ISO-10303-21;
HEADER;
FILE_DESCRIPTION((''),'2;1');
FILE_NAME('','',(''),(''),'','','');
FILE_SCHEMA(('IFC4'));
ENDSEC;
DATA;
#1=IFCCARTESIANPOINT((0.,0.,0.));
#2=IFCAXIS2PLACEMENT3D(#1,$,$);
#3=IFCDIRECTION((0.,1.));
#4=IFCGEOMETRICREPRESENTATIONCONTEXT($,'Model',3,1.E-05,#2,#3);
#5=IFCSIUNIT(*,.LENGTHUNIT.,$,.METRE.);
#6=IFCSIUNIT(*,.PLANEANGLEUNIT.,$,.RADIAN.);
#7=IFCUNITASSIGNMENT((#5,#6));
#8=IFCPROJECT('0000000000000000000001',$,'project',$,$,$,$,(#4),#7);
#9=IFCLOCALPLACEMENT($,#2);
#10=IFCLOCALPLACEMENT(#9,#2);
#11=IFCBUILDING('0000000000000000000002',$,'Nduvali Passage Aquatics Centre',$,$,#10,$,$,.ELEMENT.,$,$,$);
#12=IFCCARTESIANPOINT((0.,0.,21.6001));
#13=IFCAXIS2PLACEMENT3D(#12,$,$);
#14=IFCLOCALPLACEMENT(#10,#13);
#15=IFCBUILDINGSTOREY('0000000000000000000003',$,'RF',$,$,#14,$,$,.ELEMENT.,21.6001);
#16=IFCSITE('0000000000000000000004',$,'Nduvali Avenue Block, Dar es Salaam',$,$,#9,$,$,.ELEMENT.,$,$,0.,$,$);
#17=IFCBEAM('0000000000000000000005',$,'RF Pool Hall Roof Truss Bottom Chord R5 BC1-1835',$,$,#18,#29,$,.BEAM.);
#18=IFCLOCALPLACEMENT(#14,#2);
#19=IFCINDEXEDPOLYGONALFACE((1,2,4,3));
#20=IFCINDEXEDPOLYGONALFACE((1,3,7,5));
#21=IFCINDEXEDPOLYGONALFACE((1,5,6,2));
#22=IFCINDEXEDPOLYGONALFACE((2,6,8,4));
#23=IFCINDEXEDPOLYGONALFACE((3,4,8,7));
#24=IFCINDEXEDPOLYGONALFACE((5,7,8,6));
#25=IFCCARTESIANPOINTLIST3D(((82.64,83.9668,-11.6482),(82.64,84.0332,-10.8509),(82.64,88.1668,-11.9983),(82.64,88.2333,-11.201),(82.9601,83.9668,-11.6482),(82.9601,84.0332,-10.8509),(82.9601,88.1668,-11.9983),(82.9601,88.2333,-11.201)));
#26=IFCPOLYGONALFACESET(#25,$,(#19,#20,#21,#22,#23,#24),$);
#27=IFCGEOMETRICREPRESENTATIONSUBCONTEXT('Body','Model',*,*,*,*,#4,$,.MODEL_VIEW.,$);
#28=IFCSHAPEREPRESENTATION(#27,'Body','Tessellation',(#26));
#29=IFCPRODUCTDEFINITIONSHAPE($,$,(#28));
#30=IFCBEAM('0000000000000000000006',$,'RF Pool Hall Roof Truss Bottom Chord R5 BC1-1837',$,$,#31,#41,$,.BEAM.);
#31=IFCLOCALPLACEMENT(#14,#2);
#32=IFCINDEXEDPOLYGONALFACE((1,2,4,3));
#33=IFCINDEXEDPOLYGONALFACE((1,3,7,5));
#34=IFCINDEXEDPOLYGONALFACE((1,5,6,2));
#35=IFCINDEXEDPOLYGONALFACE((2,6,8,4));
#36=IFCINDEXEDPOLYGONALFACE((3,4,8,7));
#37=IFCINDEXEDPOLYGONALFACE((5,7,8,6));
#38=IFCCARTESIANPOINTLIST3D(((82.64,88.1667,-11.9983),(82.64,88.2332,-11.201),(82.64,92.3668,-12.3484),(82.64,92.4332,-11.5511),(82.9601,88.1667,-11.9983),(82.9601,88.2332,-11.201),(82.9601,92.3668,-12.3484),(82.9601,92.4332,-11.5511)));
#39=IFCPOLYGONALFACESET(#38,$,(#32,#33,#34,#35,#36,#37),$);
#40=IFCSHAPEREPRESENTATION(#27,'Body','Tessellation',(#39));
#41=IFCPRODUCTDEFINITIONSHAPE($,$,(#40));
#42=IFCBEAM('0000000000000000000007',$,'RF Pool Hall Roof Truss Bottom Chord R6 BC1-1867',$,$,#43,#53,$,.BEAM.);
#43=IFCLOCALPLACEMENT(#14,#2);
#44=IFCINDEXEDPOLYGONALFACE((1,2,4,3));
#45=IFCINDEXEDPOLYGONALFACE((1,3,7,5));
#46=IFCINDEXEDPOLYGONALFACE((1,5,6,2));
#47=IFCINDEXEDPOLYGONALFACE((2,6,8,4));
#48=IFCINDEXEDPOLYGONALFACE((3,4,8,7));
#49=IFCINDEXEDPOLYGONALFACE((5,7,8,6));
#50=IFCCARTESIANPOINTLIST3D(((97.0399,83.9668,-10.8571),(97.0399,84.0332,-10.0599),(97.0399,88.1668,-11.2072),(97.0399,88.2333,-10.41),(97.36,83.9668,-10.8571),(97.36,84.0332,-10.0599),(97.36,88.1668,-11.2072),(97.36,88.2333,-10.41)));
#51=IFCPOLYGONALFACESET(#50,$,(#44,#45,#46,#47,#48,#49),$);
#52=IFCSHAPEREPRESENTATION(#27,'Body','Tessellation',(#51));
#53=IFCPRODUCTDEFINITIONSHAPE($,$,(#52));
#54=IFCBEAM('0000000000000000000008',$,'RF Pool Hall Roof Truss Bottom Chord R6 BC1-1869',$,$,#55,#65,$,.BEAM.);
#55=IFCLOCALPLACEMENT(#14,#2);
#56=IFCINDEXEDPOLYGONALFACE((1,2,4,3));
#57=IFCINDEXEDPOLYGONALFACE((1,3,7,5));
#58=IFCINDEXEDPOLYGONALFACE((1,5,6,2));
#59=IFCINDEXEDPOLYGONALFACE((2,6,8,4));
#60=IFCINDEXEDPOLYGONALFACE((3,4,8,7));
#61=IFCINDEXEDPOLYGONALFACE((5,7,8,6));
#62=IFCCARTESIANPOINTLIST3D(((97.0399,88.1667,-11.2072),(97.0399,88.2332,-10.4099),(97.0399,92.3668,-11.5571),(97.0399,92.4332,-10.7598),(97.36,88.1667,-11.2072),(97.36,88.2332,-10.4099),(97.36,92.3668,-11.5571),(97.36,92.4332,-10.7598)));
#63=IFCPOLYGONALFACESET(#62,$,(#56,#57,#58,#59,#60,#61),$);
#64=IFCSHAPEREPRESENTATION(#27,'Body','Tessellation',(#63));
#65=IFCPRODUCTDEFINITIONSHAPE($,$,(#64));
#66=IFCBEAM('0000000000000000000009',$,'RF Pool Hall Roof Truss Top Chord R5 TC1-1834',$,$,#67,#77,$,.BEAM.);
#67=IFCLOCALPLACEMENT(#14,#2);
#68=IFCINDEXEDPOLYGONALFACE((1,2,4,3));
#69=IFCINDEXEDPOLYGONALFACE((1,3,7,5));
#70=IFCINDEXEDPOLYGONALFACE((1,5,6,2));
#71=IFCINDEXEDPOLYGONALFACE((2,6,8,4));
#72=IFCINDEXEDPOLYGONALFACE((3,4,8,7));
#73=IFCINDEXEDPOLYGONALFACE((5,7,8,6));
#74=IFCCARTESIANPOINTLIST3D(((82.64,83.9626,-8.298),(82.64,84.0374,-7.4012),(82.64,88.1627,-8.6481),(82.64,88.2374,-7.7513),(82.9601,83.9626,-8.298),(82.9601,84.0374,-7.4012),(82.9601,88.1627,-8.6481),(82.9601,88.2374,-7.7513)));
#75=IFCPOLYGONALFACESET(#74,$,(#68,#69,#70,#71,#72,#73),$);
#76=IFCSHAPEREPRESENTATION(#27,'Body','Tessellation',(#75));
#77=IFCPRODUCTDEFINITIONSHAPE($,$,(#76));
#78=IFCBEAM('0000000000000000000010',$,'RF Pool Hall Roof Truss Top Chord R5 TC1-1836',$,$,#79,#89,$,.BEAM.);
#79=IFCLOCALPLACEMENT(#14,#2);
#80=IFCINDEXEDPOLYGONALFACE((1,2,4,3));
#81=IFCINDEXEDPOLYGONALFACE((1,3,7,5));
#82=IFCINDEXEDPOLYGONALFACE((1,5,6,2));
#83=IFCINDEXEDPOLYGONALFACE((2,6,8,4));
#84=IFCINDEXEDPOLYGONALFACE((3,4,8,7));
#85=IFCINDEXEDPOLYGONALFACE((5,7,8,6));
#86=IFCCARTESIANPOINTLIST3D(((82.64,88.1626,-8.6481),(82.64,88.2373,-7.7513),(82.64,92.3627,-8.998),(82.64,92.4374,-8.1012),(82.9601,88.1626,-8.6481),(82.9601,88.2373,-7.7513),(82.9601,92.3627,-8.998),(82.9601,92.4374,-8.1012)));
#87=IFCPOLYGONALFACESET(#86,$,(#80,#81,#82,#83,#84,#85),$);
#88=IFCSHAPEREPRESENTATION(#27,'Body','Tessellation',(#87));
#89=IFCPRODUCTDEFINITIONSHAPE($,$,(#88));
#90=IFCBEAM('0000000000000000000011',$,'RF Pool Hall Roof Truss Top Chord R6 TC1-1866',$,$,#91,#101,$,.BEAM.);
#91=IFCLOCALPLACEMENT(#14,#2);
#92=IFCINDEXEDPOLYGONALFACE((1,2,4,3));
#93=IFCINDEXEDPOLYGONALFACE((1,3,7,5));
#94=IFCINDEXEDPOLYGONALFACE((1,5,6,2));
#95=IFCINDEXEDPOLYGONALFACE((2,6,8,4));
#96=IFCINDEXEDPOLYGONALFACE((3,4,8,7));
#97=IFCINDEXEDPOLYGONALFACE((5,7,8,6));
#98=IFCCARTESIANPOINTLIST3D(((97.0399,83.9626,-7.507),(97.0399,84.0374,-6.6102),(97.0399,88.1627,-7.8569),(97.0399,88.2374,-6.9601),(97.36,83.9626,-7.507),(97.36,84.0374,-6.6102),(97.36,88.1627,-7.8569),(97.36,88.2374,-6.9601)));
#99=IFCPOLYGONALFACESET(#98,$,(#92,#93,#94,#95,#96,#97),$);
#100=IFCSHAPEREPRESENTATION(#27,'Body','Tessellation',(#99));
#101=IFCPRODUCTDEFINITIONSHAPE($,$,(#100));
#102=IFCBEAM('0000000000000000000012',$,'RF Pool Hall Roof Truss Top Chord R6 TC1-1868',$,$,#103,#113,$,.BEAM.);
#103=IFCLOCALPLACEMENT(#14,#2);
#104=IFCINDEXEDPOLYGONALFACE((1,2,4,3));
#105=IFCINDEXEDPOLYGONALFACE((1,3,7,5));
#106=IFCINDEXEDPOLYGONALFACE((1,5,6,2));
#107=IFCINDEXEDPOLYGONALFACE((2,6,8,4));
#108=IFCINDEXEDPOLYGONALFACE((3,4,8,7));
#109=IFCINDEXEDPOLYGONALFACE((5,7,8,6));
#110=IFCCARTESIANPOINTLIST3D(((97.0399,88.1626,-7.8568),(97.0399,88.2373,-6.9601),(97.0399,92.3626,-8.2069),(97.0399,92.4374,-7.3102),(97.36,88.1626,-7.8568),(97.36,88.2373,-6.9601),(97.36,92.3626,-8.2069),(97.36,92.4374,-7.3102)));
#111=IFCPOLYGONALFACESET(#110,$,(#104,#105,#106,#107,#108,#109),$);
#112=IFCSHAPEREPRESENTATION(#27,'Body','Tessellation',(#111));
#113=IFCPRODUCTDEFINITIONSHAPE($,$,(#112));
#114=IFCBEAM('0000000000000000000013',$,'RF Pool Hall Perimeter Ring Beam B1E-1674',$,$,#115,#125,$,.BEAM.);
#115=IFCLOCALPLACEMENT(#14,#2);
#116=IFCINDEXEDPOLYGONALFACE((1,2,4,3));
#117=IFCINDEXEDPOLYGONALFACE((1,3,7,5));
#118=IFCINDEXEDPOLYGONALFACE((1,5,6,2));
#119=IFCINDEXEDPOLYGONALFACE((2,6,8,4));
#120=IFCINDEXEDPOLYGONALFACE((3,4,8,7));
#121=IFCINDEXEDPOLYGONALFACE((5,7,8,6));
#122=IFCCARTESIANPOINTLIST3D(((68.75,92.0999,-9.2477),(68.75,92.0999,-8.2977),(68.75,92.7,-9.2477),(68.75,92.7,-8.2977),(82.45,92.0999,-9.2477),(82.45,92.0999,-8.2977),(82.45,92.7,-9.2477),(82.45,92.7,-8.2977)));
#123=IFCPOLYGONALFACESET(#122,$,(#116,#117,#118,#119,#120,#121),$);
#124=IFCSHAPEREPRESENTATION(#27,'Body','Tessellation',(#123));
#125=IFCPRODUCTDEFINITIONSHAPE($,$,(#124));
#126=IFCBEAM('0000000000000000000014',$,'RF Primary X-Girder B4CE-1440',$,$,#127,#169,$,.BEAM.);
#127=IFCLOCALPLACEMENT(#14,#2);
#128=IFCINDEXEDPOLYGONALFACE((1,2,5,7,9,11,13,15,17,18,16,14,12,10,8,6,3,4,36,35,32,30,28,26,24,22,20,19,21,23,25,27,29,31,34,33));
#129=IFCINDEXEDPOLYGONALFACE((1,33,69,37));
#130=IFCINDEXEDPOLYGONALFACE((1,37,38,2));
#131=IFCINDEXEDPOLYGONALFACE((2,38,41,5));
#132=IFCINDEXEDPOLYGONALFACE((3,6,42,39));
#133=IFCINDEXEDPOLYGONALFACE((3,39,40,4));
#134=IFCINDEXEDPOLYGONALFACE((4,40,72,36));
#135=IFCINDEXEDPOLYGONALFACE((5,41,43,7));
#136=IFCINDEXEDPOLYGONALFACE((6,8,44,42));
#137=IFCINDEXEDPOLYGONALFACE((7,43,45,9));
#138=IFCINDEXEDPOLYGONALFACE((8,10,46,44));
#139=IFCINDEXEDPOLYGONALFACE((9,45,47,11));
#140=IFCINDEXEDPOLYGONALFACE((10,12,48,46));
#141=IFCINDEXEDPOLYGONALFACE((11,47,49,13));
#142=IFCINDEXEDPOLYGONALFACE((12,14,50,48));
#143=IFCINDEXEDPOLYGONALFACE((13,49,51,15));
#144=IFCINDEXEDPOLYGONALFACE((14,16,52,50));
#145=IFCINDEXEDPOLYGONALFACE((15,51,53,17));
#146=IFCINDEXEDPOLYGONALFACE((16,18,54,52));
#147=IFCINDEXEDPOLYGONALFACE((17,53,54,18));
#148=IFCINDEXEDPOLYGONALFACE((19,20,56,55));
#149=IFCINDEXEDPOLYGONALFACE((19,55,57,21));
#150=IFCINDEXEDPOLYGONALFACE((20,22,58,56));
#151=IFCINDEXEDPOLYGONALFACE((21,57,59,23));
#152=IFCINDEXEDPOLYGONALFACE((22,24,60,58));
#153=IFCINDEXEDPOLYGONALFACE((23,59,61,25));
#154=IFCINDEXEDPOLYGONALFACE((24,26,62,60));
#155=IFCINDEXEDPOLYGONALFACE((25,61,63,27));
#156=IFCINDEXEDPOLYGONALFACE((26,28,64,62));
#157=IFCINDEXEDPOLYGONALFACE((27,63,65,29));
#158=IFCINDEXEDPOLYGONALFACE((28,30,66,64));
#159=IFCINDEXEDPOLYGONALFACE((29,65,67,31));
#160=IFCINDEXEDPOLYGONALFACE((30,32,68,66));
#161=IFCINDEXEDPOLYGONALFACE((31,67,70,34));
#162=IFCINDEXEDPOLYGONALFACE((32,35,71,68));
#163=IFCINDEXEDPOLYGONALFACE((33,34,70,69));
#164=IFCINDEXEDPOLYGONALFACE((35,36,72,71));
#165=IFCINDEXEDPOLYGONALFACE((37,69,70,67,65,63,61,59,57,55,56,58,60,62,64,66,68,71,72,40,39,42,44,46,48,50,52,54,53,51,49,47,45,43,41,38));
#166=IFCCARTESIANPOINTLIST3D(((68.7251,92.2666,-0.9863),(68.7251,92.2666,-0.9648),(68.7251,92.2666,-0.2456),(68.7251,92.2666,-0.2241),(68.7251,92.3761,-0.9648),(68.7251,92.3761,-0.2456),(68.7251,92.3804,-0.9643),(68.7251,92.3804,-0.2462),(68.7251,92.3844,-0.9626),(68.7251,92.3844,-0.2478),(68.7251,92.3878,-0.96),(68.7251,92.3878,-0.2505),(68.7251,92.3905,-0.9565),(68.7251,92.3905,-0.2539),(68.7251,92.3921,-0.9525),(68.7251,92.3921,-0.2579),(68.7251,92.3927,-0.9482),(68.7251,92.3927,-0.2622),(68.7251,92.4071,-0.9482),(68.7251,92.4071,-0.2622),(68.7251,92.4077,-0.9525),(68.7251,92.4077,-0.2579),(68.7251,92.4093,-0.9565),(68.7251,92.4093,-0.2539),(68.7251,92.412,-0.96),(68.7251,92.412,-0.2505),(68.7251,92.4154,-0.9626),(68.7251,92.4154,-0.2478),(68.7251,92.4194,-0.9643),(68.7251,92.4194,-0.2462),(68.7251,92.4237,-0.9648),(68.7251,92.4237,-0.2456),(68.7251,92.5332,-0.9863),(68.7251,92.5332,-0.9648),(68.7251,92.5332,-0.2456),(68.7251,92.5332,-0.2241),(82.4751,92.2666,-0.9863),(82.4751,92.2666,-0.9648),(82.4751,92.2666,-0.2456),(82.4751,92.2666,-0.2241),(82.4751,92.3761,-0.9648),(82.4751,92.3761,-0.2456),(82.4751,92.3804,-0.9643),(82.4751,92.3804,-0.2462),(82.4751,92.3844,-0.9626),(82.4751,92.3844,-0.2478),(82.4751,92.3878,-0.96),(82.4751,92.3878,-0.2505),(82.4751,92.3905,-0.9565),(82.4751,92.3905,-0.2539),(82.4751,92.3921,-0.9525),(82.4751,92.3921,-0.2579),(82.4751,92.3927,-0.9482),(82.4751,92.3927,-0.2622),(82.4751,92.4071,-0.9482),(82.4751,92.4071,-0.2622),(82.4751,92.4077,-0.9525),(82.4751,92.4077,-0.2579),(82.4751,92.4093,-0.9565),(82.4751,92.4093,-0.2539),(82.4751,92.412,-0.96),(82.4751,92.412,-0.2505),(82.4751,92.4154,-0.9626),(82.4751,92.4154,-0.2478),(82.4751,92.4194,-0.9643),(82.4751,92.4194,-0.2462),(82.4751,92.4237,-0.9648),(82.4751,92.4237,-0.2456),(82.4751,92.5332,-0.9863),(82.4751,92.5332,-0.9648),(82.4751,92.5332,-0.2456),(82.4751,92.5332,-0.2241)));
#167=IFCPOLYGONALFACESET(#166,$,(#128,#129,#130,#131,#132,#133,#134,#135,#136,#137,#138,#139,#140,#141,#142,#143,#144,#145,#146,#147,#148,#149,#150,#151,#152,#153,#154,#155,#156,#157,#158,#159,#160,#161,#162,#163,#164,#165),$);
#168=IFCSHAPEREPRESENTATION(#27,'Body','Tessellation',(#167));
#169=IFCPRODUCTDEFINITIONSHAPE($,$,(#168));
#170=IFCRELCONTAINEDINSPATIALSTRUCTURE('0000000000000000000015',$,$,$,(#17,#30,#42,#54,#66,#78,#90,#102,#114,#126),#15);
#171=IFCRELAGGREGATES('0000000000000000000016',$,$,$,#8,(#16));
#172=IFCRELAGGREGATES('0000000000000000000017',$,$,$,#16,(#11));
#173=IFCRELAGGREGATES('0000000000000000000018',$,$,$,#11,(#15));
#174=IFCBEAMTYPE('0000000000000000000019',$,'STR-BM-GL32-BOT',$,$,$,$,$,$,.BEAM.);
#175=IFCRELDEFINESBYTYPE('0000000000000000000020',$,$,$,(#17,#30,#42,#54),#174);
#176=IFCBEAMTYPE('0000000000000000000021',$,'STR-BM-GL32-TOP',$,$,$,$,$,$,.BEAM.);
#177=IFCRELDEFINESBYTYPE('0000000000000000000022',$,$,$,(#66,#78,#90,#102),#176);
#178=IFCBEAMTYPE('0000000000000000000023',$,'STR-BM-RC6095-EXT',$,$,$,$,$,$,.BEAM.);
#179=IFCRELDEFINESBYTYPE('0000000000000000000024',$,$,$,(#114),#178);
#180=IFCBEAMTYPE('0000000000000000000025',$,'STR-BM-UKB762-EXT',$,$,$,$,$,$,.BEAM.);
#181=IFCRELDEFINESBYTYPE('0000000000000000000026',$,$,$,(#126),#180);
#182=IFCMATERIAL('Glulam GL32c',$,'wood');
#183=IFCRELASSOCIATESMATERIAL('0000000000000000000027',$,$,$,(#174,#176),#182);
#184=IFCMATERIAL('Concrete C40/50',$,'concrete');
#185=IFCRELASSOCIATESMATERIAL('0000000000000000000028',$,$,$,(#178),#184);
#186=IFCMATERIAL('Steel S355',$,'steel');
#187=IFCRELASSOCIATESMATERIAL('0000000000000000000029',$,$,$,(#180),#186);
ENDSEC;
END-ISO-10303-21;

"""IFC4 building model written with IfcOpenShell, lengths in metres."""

from ifc_helpers import new_model, si_unit, direction, frame, origin, origin_2d, place, context, subcontext, project, spatial, rectangle, i_section, extrude, material, material_profile, profile_set, type_object, element, save


model = new_model("IFC4")

# Units and contexts
model_context = context("Model", 3, precision=1e-05, world=origin(), true_north=direction((0.0, 1.0)))
body_context = subcontext(model_context, "Body", "Model", "MODEL_VIEW")
ifc_project = project(units=[si_unit("LENGTHUNIT", "METRE"), si_unit("PLANEANGLEUNIT", "RADIAN")], contexts=[model_context])

# Site, building, storey
site_placement = place(None, origin())
site = spatial("IfcSite", under=ifc_project, at=site_placement, Name="Nduvali Avenue Block, Dar es Salaam", CompositionType="ELEMENT", RefElevation=0.0)
building_placement = place(site_placement, origin())
building = spatial("IfcBuilding", under=site, at=building_placement, Name="Nduvali Passage Aquatics Centre", CompositionType="ELEMENT")
storey_placement = place(building_placement, frame((0.0, 0.0, 21.6001)))
storey = spatial("IfcBuildingStorey", under=building, at=storey_placement, Name="RF", CompositionType="ELEMENT", Elevation=21.6001)

# Beams
ifc_material_1 = material(Name="Glulam GL32c", Category="wood")
ifc_material_profile_1 = material_profile(ifc_material_1, rectangle(XDim=0.3201, YDim=0.8, at=origin_2d()), Name="GL32c 320x800")
ifc_profile_set_1 = profile_set([ifc_material_profile_1], Name="Glulam GL32c")
beam_type_1 = type_object("IfcBeamType", Name="STR-BM-GL32-BOT", PredefinedType="BEAM", material=ifc_profile_set_1)
for number, where, z_axis, x_axis, name in (
    (1, (82.8, 84.0, -11.2495), (0.0, 0.996544, -0.083069), (-1.0, 0.0, 0.0), "RF Pool Hall Roof Truss Bottom Chord R5 BC1-1835"),
    (2, (82.8, 88.2, -11.5996), (0.0, 0.996544, -0.083069), (-1.0, 0.0, 0.0), "RF Pool Hall Roof Truss Bottom Chord R5 BC1-1837"),
    (3, (97.2, 84.0, -10.4585), (0.0, 0.996544, -0.083069), (-1.0, 0.0, 0.0), "RF Pool Hall Roof Truss Bottom Chord R6 BC1-1867"),
    (4, (97.2, 88.2, -10.8086), (0.0, 0.996549, -0.083012), (-1.0, 0.0, 0.0), "RF Pool Hall Roof Truss Bottom Chord R6 BC1-1869"),
):
    element("IfcBeam", number, at=place(storey_placement, frame(where, z_axis=z_axis, x_axis=x_axis)), inside=storey, type_object=beam_type_1, Name=name, PredefinedType="BEAM", context=body_context, shape_type="SweptSolid", body=[
        extrude(rectangle(XDim=0.3201, YDim=0.8, at=origin_2d()), origin(), (0.0, 0.0, 1.0), 4.2146),
    ])
ifc_material_profile_2 = material_profile(ifc_material_1, rectangle(XDim=0.3201, YDim=0.8999, at=origin_2d()), Name="GL32c 320x900")
ifc_profile_set_2 = profile_set([ifc_material_profile_2], Name="Glulam GL32c")
beam_type_2 = type_object("IfcBeamType", Name="STR-BM-GL32-TOP", PredefinedType="BEAM", material=ifc_profile_set_2)
for number, where, z_axis, x_axis, name in (
    (5, (82.8, 84.0, -7.8496), (0.0, 0.996544, -0.083069), (-1.0, 0.0, 0.0), "RF Pool Hall Roof Truss Top Chord R5 TC1-1834"),
    (6, (82.8, 88.2, -8.1997), (0.0, 0.996549, -0.083012), (-1.0, 0.0, 0.0), "RF Pool Hall Roof Truss Top Chord R5 TC1-1836"),
    (7, (97.2, 84.0, -7.0586), (0.0, 0.996549, -0.083012), (-1.0, 0.0, 0.0), "RF Pool Hall Roof Truss Top Chord R6 TC1-1866"),
    (8, (97.2, 88.2, -7.4084), (0.0, 0.996544, -0.083069), (-1.0, 0.0, 0.0), "RF Pool Hall Roof Truss Top Chord R6 TC1-1868"),
):
    element("IfcBeam", number, at=place(storey_placement, frame(where, z_axis=z_axis, x_axis=x_axis)), inside=storey, type_object=beam_type_2, Name=name, PredefinedType="BEAM", context=body_context, shape_type="SweptSolid", body=[
        extrude(rectangle(XDim=0.3201, YDim=0.8999, at=origin_2d()), origin(), (0.0, 0.0, 1.0), 4.2146),
    ])
ifc_material_2 = material(Name="Concrete C40/50", Category="concrete")
ifc_material_profile_3 = material_profile(ifc_material_2, rectangle(XDim=0.6001, YDim=0.95, at=origin_2d()), Name="RC 600x950")
ifc_profile_set_3 = profile_set([ifc_material_profile_3], Name="Concrete C40/50")
beam_type_3 = type_object("IfcBeamType", Name="STR-BM-RC6095-EXT", PredefinedType="BEAM", material=ifc_profile_set_3)
beam_1_placement = place(storey_placement, frame((68.75, 92.3999, -8.7727), z_axis=(1.0, 0.0, 0.0), x_axis=(0.0, 1.0, 0.0)))
element("IfcBeam", 9, at=beam_1_placement, inside=storey, type_object=beam_type_3, Name="RF Pool Hall Perimeter Ring Beam B1E-1674", PredefinedType="BEAM", context=body_context, shape_type="SweptSolid", body=[
    extrude(rectangle(XDim=0.6001, YDim=0.95, at=origin_2d()), origin(), (0.0, 0.0, 1.0), 13.7),
])
ifc_material_3 = material(Name="Steel S355", Category="steel")
ifc_material_profile_4 = material_profile(ifc_material_3, i_section(OverallWidth=0.2666, OverallDepth=0.7622, WebThickness=0.0144, FlangeThickness=0.0215, FilletRadius=0.0166, at=origin_2d()), Name="UKB 762x267x173")
ifc_profile_set_4 = profile_set([ifc_material_profile_4], Name="Steel S355")
beam_type_4 = type_object("IfcBeamType", Name="STR-BM-UKB762-EXT", PredefinedType="BEAM", material=ifc_profile_set_4)
beam_2_placement = place(storey_placement, frame((68.7251, 92.3999, -0.6052), z_axis=(1.0, 0.0, 0.0), x_axis=(0.0, 1.0, 0.0)))
element("IfcBeam", 10, at=beam_2_placement, inside=storey, type_object=beam_type_4, Name="RF Primary X-Girder B4CE-1440", PredefinedType="BEAM", context=body_context, shape_type="SweptSolid", body=[
    extrude(i_section(OverallWidth=0.2666, OverallDepth=0.7622, WebThickness=0.0144, FlangeThickness=0.0215, FilletRadius=0.0166, at=origin_2d()), origin(), (0.0, 0.0, 1.0), 13.75),
])

save(model, "model.ifc")
